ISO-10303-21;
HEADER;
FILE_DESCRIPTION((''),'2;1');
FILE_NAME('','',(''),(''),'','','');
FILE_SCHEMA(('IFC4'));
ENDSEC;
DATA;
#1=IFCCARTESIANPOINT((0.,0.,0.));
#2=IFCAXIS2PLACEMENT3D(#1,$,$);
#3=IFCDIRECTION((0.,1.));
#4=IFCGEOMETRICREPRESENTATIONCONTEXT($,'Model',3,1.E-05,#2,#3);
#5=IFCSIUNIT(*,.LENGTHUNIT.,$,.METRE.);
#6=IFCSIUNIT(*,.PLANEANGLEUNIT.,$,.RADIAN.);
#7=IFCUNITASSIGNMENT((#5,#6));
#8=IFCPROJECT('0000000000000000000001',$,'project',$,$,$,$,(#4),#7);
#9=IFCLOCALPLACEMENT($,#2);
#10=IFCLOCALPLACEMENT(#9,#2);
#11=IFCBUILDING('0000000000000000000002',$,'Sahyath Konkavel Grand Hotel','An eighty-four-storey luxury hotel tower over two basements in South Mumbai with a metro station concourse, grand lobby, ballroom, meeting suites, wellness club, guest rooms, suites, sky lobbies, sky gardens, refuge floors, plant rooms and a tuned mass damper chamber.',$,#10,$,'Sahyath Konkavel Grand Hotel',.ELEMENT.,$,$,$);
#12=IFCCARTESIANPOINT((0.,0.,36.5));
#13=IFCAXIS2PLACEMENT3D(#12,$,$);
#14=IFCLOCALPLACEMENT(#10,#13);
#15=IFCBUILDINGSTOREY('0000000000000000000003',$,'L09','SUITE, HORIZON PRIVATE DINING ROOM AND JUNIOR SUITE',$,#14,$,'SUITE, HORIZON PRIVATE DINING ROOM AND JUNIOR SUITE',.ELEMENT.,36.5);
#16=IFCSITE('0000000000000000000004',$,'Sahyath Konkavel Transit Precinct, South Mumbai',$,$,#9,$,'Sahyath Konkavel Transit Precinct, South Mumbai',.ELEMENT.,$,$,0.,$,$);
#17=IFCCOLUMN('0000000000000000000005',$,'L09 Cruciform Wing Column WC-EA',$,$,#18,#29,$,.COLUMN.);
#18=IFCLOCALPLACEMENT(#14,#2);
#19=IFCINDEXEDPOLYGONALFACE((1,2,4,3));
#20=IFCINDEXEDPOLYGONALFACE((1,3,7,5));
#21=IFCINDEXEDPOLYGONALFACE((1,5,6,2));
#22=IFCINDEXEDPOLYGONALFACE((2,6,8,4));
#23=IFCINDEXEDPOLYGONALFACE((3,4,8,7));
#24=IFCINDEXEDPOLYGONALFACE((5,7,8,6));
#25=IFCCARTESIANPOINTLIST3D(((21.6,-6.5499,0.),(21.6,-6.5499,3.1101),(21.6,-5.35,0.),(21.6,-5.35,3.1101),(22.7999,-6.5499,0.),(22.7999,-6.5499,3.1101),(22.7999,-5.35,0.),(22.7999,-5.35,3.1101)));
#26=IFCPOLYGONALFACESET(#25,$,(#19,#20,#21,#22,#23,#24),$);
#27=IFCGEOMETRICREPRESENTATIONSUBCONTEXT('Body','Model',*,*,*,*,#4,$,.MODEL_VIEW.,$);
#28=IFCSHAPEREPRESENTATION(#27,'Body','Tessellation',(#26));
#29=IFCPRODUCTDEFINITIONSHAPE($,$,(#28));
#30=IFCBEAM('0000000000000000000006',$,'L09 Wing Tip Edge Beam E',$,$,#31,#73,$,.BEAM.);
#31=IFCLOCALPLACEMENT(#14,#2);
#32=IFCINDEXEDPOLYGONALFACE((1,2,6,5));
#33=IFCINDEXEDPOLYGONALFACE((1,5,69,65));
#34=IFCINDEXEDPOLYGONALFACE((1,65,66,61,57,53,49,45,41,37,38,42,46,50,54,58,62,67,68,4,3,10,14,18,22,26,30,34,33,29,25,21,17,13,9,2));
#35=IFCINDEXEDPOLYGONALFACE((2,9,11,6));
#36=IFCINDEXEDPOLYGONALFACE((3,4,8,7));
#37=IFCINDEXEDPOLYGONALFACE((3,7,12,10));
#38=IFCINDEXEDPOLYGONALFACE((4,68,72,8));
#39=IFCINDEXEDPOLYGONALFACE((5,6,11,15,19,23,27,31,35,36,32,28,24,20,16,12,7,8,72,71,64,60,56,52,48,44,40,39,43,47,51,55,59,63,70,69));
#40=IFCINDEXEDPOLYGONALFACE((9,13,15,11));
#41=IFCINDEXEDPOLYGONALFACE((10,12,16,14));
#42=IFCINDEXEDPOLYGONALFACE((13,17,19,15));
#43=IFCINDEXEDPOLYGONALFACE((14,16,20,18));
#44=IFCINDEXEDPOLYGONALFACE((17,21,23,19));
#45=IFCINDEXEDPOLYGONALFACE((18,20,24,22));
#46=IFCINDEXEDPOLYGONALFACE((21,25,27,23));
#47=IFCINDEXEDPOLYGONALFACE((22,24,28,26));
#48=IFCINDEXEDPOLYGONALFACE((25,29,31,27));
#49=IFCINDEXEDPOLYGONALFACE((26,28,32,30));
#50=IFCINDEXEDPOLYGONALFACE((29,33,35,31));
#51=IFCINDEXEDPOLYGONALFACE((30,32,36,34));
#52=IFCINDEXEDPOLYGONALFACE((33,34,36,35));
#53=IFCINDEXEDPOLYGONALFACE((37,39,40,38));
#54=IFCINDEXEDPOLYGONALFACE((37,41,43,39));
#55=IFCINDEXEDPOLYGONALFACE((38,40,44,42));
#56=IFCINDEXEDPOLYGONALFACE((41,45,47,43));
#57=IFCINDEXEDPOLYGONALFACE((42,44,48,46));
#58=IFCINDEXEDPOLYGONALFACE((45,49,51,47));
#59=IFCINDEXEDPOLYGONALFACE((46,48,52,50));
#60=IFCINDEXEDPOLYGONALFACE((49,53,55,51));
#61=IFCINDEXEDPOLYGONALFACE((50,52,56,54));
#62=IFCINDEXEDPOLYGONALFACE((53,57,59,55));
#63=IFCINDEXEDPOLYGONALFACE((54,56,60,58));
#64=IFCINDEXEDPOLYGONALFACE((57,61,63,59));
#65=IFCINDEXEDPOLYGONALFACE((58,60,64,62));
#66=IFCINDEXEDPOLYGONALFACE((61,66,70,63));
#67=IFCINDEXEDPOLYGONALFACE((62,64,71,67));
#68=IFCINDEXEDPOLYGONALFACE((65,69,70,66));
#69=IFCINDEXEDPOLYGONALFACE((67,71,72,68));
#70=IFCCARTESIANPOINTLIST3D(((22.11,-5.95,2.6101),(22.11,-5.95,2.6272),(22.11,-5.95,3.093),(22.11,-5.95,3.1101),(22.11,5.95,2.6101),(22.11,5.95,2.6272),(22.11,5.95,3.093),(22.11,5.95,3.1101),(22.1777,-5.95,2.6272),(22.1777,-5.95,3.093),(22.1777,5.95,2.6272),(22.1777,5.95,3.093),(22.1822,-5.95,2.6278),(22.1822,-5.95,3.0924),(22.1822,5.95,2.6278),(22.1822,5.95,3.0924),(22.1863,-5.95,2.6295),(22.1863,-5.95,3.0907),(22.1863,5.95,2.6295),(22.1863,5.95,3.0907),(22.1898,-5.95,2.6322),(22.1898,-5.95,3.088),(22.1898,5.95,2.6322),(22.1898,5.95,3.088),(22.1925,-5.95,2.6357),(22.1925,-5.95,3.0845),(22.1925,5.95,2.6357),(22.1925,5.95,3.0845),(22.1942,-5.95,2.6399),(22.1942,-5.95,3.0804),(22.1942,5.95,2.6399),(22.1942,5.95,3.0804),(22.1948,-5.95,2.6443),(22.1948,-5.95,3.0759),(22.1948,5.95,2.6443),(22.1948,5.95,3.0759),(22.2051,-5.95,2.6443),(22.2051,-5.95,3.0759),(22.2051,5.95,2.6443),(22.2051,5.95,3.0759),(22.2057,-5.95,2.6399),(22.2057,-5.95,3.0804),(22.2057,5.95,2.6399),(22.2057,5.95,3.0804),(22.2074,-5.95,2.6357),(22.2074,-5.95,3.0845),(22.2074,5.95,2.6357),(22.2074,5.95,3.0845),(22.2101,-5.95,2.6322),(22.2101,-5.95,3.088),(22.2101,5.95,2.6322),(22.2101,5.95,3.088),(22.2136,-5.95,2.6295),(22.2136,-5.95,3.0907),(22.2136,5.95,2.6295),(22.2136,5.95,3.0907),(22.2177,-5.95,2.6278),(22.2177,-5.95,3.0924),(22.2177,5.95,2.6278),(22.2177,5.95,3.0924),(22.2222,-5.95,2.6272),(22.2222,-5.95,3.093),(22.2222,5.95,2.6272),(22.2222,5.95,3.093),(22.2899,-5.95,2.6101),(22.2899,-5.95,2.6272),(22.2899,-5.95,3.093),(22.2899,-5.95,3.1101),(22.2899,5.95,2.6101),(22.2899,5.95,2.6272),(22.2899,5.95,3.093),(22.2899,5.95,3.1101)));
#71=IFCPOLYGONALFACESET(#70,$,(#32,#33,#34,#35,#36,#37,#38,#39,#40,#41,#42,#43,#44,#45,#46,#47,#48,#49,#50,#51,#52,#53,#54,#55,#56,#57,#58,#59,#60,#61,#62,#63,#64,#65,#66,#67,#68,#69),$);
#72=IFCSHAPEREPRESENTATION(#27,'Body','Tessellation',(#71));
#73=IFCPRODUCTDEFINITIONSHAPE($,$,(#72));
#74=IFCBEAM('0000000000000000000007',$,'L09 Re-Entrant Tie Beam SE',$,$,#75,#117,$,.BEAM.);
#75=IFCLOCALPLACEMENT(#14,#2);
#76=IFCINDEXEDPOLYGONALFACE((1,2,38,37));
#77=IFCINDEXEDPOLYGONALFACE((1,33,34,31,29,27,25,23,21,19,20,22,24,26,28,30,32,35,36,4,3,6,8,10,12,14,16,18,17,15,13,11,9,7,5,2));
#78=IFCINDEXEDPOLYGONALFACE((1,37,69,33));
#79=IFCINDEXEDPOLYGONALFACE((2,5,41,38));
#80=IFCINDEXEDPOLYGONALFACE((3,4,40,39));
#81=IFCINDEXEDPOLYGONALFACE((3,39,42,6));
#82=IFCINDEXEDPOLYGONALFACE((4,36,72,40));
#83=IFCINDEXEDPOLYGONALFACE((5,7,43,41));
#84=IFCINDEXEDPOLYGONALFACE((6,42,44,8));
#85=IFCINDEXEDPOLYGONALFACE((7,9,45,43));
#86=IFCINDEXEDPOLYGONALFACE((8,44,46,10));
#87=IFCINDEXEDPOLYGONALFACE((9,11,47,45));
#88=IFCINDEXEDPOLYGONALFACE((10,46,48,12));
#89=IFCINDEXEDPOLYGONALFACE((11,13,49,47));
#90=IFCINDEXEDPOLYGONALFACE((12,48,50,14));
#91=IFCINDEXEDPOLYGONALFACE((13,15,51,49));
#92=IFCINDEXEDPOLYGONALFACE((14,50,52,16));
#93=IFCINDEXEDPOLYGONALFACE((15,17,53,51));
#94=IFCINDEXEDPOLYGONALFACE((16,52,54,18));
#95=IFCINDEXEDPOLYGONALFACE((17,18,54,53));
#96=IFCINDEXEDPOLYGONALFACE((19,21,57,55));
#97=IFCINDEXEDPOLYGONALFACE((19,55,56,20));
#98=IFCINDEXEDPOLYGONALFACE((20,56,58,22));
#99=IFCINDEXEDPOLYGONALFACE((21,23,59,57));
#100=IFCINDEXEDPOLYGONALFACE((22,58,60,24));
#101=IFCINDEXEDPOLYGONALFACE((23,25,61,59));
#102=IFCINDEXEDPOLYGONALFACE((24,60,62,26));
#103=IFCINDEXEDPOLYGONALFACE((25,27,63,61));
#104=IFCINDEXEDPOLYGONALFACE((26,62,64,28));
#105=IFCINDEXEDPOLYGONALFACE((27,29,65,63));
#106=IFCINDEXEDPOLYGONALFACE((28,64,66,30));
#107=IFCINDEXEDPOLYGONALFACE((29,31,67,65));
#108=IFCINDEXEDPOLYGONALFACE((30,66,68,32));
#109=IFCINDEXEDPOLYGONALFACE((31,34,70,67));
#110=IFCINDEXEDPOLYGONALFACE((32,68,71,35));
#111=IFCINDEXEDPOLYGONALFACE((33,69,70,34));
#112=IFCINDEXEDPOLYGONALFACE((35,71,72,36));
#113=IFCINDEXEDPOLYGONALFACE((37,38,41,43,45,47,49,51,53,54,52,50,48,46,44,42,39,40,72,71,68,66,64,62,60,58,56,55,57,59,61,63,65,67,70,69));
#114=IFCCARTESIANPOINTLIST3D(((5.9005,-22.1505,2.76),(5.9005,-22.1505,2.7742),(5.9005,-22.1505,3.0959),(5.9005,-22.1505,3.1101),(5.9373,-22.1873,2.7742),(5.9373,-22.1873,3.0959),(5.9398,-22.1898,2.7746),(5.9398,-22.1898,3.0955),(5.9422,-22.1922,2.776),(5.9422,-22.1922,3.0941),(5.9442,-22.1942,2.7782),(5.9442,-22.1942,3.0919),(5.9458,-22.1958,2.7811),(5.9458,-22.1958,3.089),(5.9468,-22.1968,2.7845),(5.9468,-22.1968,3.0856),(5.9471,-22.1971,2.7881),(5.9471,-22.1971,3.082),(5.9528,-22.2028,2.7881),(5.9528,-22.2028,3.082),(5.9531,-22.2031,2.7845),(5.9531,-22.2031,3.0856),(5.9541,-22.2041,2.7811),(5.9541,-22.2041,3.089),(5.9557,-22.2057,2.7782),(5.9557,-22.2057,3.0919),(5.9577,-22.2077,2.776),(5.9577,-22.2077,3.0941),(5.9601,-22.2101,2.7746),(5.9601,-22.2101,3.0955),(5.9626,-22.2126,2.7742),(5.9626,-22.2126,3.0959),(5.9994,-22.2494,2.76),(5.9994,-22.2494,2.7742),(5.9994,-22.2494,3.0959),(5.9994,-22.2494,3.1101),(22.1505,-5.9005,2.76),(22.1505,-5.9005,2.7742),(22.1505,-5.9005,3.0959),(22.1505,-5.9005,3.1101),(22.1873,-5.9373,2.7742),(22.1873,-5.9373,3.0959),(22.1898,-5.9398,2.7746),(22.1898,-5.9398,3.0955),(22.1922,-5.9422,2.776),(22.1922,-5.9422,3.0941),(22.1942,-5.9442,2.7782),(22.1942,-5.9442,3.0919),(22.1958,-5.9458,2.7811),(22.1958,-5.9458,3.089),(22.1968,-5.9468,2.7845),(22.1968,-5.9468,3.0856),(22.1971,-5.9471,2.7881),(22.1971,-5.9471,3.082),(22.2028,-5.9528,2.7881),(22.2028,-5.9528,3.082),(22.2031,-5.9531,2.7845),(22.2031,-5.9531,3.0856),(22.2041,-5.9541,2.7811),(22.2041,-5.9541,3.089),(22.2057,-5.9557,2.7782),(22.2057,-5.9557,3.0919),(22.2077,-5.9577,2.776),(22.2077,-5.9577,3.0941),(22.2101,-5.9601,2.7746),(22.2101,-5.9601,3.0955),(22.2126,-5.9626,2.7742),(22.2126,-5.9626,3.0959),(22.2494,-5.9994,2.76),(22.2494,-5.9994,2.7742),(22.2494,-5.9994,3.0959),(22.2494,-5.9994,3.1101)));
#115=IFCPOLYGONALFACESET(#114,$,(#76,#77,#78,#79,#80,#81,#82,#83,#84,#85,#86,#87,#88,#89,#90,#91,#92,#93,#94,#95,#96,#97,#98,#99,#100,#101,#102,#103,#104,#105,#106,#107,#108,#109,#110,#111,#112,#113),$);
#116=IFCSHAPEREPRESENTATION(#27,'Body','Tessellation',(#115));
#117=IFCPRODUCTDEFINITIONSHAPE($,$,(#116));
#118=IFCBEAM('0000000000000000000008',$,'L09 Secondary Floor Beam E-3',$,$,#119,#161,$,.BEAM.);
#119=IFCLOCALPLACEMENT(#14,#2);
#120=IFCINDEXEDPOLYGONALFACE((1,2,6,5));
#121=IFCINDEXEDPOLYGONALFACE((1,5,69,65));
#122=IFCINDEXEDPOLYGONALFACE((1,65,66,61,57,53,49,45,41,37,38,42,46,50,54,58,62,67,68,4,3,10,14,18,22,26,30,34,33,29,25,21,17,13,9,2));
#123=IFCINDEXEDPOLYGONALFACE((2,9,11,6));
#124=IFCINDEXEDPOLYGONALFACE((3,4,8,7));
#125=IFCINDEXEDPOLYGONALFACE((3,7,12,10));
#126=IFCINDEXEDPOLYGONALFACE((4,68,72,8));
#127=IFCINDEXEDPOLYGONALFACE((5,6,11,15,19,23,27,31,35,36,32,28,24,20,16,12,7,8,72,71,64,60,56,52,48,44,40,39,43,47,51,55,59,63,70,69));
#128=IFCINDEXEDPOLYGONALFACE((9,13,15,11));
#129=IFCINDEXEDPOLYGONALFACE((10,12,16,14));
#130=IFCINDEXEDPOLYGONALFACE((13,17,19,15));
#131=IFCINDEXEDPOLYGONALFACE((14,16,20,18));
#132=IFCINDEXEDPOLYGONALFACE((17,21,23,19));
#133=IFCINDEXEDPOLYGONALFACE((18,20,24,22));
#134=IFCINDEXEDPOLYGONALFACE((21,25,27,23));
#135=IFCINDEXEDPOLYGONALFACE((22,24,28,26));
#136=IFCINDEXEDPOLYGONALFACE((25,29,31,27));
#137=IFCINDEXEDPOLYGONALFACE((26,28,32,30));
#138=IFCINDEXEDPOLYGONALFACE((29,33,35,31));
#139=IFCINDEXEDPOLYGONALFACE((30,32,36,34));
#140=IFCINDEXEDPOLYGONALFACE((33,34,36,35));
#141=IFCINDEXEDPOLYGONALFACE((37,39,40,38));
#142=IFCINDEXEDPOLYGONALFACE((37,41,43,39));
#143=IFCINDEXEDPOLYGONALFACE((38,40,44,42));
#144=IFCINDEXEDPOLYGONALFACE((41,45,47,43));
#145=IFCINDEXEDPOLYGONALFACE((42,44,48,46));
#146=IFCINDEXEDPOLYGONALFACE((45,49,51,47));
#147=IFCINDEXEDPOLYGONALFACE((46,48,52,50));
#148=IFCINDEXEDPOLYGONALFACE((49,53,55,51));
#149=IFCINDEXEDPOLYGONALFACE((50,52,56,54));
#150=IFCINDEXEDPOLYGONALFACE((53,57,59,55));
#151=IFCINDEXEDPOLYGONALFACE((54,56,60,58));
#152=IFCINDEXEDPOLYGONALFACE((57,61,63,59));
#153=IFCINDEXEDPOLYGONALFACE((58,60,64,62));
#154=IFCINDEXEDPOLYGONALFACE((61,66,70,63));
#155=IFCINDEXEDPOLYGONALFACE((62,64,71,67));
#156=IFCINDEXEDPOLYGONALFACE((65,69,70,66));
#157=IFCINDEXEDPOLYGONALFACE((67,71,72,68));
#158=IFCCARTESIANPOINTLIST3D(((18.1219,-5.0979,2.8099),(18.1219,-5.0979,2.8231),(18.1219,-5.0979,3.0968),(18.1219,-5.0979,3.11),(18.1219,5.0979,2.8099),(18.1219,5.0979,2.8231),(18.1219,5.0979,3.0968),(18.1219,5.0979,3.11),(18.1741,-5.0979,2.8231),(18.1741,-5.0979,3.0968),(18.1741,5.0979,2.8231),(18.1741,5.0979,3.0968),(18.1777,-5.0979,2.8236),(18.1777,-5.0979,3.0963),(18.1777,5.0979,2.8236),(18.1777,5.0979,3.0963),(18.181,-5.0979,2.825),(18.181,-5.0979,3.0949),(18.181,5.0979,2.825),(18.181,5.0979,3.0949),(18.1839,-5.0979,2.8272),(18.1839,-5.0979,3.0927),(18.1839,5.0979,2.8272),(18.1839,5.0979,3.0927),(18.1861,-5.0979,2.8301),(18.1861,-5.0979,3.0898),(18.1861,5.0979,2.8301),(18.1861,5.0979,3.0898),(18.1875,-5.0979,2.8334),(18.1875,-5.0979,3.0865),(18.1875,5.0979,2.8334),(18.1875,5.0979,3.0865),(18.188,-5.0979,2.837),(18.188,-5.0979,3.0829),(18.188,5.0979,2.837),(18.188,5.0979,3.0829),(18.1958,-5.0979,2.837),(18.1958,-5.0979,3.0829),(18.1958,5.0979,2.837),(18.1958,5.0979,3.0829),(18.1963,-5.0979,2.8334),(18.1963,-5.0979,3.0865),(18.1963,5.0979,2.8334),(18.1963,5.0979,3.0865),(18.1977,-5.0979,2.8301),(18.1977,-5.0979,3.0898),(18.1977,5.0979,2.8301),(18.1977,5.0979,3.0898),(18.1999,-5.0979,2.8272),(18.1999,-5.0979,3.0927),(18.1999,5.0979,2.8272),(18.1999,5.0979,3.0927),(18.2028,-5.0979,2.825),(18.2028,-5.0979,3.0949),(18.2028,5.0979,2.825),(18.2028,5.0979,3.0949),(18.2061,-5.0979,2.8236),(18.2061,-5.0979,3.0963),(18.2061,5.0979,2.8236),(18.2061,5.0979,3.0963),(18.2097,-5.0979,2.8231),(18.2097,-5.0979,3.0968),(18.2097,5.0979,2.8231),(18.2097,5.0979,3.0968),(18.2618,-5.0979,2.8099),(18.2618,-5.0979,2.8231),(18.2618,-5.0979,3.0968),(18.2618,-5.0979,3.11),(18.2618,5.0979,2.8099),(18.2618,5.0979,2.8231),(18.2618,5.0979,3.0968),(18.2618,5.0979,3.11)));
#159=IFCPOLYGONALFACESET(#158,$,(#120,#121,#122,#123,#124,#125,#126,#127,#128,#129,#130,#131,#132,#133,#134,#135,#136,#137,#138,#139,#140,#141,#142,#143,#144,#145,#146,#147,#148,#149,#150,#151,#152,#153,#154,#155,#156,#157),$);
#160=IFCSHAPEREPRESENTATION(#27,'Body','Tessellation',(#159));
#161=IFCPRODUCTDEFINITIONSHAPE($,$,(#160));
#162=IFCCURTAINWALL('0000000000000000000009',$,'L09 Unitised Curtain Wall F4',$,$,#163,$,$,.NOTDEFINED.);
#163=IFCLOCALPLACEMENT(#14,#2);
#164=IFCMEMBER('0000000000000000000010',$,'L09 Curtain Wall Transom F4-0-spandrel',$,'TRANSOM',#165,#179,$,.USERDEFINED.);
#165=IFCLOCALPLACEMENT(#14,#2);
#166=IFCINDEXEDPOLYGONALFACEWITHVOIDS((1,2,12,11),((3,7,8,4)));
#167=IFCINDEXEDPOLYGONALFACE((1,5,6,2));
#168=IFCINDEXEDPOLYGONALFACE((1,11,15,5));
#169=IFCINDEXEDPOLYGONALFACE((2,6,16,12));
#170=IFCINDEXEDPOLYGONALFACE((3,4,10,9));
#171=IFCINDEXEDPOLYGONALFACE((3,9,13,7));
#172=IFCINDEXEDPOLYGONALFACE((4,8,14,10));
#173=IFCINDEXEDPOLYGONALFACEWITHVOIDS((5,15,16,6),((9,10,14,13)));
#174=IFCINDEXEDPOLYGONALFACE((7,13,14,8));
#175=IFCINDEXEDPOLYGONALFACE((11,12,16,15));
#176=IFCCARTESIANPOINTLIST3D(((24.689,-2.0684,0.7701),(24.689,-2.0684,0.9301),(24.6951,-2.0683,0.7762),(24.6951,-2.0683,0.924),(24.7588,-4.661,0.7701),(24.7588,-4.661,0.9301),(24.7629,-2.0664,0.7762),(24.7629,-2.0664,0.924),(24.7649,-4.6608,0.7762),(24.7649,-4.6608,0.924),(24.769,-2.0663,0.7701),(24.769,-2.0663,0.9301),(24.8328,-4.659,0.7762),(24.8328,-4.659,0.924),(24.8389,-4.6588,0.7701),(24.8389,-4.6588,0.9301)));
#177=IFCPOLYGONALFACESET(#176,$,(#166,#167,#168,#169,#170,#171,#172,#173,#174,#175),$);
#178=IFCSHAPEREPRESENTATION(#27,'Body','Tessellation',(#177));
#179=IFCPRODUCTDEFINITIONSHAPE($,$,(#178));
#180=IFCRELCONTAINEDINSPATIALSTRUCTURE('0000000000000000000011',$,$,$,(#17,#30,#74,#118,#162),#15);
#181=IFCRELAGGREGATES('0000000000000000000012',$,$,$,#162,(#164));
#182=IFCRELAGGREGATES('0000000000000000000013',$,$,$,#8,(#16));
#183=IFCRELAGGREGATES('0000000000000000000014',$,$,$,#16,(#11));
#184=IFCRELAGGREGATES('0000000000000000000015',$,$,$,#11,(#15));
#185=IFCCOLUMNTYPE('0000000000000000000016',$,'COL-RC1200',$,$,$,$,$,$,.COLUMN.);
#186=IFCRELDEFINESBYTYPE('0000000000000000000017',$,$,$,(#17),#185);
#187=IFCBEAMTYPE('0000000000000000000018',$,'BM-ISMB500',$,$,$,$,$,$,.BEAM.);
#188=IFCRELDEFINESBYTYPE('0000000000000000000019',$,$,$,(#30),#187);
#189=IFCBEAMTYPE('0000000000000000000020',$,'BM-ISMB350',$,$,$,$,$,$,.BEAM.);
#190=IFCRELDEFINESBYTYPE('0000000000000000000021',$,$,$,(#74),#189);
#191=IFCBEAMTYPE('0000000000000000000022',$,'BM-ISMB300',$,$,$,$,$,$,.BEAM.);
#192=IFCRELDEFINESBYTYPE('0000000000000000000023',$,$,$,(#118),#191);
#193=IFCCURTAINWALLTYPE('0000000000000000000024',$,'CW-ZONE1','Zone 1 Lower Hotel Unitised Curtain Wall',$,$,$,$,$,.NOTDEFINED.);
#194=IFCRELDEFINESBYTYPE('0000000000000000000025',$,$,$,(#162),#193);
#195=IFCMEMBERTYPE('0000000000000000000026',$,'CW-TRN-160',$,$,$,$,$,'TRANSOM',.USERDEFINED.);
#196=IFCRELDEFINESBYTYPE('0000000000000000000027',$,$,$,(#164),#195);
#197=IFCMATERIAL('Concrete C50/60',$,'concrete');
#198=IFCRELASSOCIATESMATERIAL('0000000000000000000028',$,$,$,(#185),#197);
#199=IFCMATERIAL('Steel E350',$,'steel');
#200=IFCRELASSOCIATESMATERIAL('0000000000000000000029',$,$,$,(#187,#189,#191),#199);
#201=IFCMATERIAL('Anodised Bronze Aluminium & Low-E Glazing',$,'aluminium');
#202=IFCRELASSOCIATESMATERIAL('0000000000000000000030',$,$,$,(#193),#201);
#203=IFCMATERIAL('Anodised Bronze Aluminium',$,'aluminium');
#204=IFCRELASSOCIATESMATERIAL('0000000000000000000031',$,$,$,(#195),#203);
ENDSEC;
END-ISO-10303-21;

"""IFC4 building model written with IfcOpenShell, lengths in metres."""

from ifc_helpers import new_model, si_unit, direction, frame, origin, origin_2d, place, context, subcontext, project, spatial, rectangle, hollow_rectangle, i_section, extrude, source, transform, mapped, material, material_profile, profile_set, type_object, element, aggregate, save


model = new_model("IFC4")

# Units and contexts
model_context = context("Model", 3, precision=1e-05, world=origin(), true_north=direction((0.0, 1.0)))
body_context = subcontext(model_context, "Body", "Model", "MODEL_VIEW")
ifc_project = project(units=[si_unit("LENGTHUNIT", "METRE"), si_unit("PLANEANGLEUNIT", "RADIAN")], contexts=[model_context])

# Site, building, storey
site_placement = place(None, origin())
site = spatial("IfcSite", under=ifc_project, at=site_placement, Name="Sahyath Konkavel Transit Precinct, South Mumbai", LongName="Sahyath Konkavel Transit Precinct, South Mumbai", CompositionType="ELEMENT", RefElevation=0.0)
building_placement = place(site_placement, origin())
building = spatial("IfcBuilding", under=site, at=building_placement, Name="Sahyath Konkavel Grand Hotel", Description="An eighty-four-storey luxury hotel tower over two basements in South Mumbai with a metro station concourse, grand lobby, ballroom, meeting suites, wellness club, guest rooms, suites, sky lobbies, sky gardens, refuge floors, plant rooms and a tuned mass damper chamber.", LongName="Sahyath Konkavel Grand Hotel", CompositionType="ELEMENT")
storey_placement = place(building_placement, frame((0.0, 0.0, 36.5)))
storey = spatial("IfcBuildingStorey", under=building, at=storey_placement, Name="L09", Description="SUITE, HORIZON PRIVATE DINING ROOM AND JUNIOR SUITE", LongName="SUITE, HORIZON PRIVATE DINING ROOM AND JUNIOR SUITE", CompositionType="ELEMENT", Elevation=36.5)

# Column
ifc_material_1 = material(Name="Concrete C50/60", Category="concrete")
ifc_material_profile_1 = material_profile(ifc_material_1, rectangle(XDim=1.2, YDim=1.2, at=origin_2d()), Name="RC 1200x1200")
ifc_profile_set_1 = profile_set([ifc_material_profile_1], Name="Concrete C50/60")
column_type = type_object("IfcColumnType", Name="COL-RC1200", PredefinedType="COLUMN", material=ifc_profile_set_1)
shared_shape_1 = source(origin(), body_context, "Body", "SweptSolid", [
    extrude(rectangle(XDim=1.2, YDim=1.2, at=origin_2d()), origin(), (0.0, 0.0, 1.0), 3.1101),
])
column_placement = place(storey_placement, frame((22.2, -5.95, 0.0), z_axis=(0.0, 0.0, 1.0), x_axis=(1.0, 0.0, 0.0)))
element("IfcColumn", 1, at=column_placement, inside=storey, type_object=column_type, Name="L09 Cruciform Wing Column WC-EA", PredefinedType="COLUMN", context=body_context, shape_type="MappedRepresentation", body=[
    mapped(shared_shape_1, transform((0.0, 0.0, 0.0), scale=1.0)),
])

# Beams
ifc_material_2 = material(Name="Steel E350", Category="steel")
ifc_material_profile_2 = material_profile(ifc_material_2, i_section(OverallWidth=0.1799, OverallDepth=0.5, WebThickness=0.0103, FlangeThickness=0.0171, FilletRadius=0.0171, at=origin_2d()), Name="ISMB 500")
ifc_profile_set_2 = profile_set([ifc_material_profile_2], Name="Steel E350")
beam_type_1 = type_object("IfcBeamType", Name="BM-ISMB500", PredefinedType="BEAM", material=ifc_profile_set_2)
shared_shape_2 = source(origin(), body_context, "Body", "SweptSolid", [
    extrude(i_section(OverallWidth=0.1799, OverallDepth=0.5, WebThickness=0.0103, FlangeThickness=0.0171, FilletRadius=0.0171, at=origin_2d()), origin(), (0.0, 0.0, 1.0), 11.8999),
])
beam_1_placement = place(storey_placement, frame((22.2, -5.95, 2.8601), z_axis=(0.0, 1.0, 0.0), x_axis=(-1.0, 0.0, 0.0)))
element("IfcBeam", 2, at=beam_1_placement, inside=storey, type_object=beam_type_1, Name="L09 Wing Tip Edge Beam E", PredefinedType="BEAM", context=body_context, shape_type="MappedRepresentation", body=[
    mapped(shared_shape_2, transform((0.0, 0.0, 0.0), scale=1.0)),
])
ifc_material_profile_3 = material_profile(ifc_material_2, i_section(OverallWidth=0.1399, OverallDepth=0.3501, WebThickness=0.0081, FlangeThickness=0.0142, FilletRadius=0.0139, at=origin_2d()), Name="ISMB 350")
ifc_profile_set_3 = profile_set([ifc_material_profile_3], Name="Steel E350")
beam_type_2 = type_object("IfcBeamType", Name="BM-ISMB350", PredefinedType="BEAM", material=ifc_profile_set_3)
shared_shape_3 = source(origin(), body_context, "Body", "SweptSolid", [
    extrude(i_section(OverallWidth=0.1399, OverallDepth=0.3501, WebThickness=0.0081, FlangeThickness=0.0142, FilletRadius=0.0139, at=origin_2d()), origin(), (0.0, 0.0, 1.0), 22.981),
])
beam_2_placement = place(storey_placement, frame((22.2, -5.95, 2.9351), z_axis=(-0.707107, -0.707107, 0.0), x_axis=(0.707107, -0.707107, 0.0)))
element("IfcBeam", 3, at=beam_2_placement, inside=storey, type_object=beam_type_2, Name="L09 Re-Entrant Tie Beam SE", PredefinedType="BEAM", context=body_context, shape_type="MappedRepresentation", body=[
    mapped(shared_shape_3, transform((0.0, 0.0, 0.0), scale=1.0)),
])
ifc_material_profile_4 = material_profile(ifc_material_2, i_section(OverallWidth=0.1399, OverallDepth=0.3, WebThickness=0.0078, FlangeThickness=0.0132, FilletRadius=0.0139, at=origin_2d()), Name="ISMB 300")
ifc_profile_set_4 = profile_set([ifc_material_profile_4], Name="Steel E350")
beam_type_3 = type_object("IfcBeamType", Name="BM-ISMB300", PredefinedType="BEAM", material=ifc_profile_set_4)
shared_shape_4 = source(origin(), body_context, "Body", "SweptSolid", [
    extrude(i_section(OverallWidth=0.1399, OverallDepth=0.3, WebThickness=0.0078, FlangeThickness=0.0132, FilletRadius=0.0139, at=origin_2d()), origin(), (0.0, 0.0, 1.0), 10.1958),
])
beam_3_placement = place(storey_placement, frame((18.1919, -5.0979, 2.96), z_axis=(0.0, 1.0, 0.0), x_axis=(-1.0, 0.0, 0.0)))
element("IfcBeam", 4, at=beam_3_placement, inside=storey, type_object=beam_type_3, Name="L09 Secondary Floor Beam E-3", PredefinedType="BEAM", context=body_context, shape_type="MappedRepresentation", body=[
    mapped(shared_shape_4, transform((0.0, 0.0, 0.0), scale=1.0)),
])

# Curtain wall, member
ifc_material_3 = material(Name="Anodised Bronze Aluminium & Low-E Glazing", Category="aluminium")
curtain_wall_type = type_object("IfcCurtainWallType", Name="CW-ZONE1", Description="Zone 1 Lower Hotel Unitised Curtain Wall", PredefinedType="NOTDEFINED", material=ifc_material_3)
curtain_wall_1_placement = place(storey_placement, origin())
curtain_wall_1 = element("IfcCurtainWall", 5, at=curtain_wall_1_placement, inside=storey, type_object=curtain_wall_type, Name="L09 Unitised Curtain Wall F4", PredefinedType="NOTDEFINED")
ifc_material_4 = material(Name="Anodised Bronze Aluminium", Category="aluminium")
ifc_material_profile_5 = material_profile(ifc_material_4, hollow_rectangle(XDim=0.0801, YDim=0.1599, WallThickness=0.0061, at=origin_2d()), Name="RHS 160x80x6")
ifc_profile_set_5 = profile_set([ifc_material_profile_5], Name="Anodised Bronze Aluminium")
member_type_1 = type_object("IfcMemberType", Name="CW-TRN-160", ElementType="TRANSOM", PredefinedType="USERDEFINED", material=ifc_profile_set_5)
shared_shape_5 = source(origin(), body_context, "Body", "SweptSolid", [
    extrude(hollow_rectangle(XDim=0.0801, YDim=0.1599, WallThickness=0.0061, at=origin_2d()), origin(), (0.0, 0.0, 1.0), 2.5935),
])
member_1_placement = place(storey_placement, frame((24.7988, -4.6599, 0.8501), z_axis=(-0.026923, 0.999638, 0.0), x_axis=(-0.999638, -0.026923, 0.0)))
member_1 = element("IfcMember", 6, at=member_1_placement, type_object=member_type_1, Name="L09 Curtain Wall Transom F4-0-spandrel", ObjectType="TRANSOM", PredefinedType="USERDEFINED", context=body_context, shape_type="MappedRepresentation", body=[
    mapped(shared_shape_5, transform((0.0, 0.0, 0.0), scale=1.0)),
])

aggregate(curtain_wall_1, [member_1])

save(model, "model.ifc")
